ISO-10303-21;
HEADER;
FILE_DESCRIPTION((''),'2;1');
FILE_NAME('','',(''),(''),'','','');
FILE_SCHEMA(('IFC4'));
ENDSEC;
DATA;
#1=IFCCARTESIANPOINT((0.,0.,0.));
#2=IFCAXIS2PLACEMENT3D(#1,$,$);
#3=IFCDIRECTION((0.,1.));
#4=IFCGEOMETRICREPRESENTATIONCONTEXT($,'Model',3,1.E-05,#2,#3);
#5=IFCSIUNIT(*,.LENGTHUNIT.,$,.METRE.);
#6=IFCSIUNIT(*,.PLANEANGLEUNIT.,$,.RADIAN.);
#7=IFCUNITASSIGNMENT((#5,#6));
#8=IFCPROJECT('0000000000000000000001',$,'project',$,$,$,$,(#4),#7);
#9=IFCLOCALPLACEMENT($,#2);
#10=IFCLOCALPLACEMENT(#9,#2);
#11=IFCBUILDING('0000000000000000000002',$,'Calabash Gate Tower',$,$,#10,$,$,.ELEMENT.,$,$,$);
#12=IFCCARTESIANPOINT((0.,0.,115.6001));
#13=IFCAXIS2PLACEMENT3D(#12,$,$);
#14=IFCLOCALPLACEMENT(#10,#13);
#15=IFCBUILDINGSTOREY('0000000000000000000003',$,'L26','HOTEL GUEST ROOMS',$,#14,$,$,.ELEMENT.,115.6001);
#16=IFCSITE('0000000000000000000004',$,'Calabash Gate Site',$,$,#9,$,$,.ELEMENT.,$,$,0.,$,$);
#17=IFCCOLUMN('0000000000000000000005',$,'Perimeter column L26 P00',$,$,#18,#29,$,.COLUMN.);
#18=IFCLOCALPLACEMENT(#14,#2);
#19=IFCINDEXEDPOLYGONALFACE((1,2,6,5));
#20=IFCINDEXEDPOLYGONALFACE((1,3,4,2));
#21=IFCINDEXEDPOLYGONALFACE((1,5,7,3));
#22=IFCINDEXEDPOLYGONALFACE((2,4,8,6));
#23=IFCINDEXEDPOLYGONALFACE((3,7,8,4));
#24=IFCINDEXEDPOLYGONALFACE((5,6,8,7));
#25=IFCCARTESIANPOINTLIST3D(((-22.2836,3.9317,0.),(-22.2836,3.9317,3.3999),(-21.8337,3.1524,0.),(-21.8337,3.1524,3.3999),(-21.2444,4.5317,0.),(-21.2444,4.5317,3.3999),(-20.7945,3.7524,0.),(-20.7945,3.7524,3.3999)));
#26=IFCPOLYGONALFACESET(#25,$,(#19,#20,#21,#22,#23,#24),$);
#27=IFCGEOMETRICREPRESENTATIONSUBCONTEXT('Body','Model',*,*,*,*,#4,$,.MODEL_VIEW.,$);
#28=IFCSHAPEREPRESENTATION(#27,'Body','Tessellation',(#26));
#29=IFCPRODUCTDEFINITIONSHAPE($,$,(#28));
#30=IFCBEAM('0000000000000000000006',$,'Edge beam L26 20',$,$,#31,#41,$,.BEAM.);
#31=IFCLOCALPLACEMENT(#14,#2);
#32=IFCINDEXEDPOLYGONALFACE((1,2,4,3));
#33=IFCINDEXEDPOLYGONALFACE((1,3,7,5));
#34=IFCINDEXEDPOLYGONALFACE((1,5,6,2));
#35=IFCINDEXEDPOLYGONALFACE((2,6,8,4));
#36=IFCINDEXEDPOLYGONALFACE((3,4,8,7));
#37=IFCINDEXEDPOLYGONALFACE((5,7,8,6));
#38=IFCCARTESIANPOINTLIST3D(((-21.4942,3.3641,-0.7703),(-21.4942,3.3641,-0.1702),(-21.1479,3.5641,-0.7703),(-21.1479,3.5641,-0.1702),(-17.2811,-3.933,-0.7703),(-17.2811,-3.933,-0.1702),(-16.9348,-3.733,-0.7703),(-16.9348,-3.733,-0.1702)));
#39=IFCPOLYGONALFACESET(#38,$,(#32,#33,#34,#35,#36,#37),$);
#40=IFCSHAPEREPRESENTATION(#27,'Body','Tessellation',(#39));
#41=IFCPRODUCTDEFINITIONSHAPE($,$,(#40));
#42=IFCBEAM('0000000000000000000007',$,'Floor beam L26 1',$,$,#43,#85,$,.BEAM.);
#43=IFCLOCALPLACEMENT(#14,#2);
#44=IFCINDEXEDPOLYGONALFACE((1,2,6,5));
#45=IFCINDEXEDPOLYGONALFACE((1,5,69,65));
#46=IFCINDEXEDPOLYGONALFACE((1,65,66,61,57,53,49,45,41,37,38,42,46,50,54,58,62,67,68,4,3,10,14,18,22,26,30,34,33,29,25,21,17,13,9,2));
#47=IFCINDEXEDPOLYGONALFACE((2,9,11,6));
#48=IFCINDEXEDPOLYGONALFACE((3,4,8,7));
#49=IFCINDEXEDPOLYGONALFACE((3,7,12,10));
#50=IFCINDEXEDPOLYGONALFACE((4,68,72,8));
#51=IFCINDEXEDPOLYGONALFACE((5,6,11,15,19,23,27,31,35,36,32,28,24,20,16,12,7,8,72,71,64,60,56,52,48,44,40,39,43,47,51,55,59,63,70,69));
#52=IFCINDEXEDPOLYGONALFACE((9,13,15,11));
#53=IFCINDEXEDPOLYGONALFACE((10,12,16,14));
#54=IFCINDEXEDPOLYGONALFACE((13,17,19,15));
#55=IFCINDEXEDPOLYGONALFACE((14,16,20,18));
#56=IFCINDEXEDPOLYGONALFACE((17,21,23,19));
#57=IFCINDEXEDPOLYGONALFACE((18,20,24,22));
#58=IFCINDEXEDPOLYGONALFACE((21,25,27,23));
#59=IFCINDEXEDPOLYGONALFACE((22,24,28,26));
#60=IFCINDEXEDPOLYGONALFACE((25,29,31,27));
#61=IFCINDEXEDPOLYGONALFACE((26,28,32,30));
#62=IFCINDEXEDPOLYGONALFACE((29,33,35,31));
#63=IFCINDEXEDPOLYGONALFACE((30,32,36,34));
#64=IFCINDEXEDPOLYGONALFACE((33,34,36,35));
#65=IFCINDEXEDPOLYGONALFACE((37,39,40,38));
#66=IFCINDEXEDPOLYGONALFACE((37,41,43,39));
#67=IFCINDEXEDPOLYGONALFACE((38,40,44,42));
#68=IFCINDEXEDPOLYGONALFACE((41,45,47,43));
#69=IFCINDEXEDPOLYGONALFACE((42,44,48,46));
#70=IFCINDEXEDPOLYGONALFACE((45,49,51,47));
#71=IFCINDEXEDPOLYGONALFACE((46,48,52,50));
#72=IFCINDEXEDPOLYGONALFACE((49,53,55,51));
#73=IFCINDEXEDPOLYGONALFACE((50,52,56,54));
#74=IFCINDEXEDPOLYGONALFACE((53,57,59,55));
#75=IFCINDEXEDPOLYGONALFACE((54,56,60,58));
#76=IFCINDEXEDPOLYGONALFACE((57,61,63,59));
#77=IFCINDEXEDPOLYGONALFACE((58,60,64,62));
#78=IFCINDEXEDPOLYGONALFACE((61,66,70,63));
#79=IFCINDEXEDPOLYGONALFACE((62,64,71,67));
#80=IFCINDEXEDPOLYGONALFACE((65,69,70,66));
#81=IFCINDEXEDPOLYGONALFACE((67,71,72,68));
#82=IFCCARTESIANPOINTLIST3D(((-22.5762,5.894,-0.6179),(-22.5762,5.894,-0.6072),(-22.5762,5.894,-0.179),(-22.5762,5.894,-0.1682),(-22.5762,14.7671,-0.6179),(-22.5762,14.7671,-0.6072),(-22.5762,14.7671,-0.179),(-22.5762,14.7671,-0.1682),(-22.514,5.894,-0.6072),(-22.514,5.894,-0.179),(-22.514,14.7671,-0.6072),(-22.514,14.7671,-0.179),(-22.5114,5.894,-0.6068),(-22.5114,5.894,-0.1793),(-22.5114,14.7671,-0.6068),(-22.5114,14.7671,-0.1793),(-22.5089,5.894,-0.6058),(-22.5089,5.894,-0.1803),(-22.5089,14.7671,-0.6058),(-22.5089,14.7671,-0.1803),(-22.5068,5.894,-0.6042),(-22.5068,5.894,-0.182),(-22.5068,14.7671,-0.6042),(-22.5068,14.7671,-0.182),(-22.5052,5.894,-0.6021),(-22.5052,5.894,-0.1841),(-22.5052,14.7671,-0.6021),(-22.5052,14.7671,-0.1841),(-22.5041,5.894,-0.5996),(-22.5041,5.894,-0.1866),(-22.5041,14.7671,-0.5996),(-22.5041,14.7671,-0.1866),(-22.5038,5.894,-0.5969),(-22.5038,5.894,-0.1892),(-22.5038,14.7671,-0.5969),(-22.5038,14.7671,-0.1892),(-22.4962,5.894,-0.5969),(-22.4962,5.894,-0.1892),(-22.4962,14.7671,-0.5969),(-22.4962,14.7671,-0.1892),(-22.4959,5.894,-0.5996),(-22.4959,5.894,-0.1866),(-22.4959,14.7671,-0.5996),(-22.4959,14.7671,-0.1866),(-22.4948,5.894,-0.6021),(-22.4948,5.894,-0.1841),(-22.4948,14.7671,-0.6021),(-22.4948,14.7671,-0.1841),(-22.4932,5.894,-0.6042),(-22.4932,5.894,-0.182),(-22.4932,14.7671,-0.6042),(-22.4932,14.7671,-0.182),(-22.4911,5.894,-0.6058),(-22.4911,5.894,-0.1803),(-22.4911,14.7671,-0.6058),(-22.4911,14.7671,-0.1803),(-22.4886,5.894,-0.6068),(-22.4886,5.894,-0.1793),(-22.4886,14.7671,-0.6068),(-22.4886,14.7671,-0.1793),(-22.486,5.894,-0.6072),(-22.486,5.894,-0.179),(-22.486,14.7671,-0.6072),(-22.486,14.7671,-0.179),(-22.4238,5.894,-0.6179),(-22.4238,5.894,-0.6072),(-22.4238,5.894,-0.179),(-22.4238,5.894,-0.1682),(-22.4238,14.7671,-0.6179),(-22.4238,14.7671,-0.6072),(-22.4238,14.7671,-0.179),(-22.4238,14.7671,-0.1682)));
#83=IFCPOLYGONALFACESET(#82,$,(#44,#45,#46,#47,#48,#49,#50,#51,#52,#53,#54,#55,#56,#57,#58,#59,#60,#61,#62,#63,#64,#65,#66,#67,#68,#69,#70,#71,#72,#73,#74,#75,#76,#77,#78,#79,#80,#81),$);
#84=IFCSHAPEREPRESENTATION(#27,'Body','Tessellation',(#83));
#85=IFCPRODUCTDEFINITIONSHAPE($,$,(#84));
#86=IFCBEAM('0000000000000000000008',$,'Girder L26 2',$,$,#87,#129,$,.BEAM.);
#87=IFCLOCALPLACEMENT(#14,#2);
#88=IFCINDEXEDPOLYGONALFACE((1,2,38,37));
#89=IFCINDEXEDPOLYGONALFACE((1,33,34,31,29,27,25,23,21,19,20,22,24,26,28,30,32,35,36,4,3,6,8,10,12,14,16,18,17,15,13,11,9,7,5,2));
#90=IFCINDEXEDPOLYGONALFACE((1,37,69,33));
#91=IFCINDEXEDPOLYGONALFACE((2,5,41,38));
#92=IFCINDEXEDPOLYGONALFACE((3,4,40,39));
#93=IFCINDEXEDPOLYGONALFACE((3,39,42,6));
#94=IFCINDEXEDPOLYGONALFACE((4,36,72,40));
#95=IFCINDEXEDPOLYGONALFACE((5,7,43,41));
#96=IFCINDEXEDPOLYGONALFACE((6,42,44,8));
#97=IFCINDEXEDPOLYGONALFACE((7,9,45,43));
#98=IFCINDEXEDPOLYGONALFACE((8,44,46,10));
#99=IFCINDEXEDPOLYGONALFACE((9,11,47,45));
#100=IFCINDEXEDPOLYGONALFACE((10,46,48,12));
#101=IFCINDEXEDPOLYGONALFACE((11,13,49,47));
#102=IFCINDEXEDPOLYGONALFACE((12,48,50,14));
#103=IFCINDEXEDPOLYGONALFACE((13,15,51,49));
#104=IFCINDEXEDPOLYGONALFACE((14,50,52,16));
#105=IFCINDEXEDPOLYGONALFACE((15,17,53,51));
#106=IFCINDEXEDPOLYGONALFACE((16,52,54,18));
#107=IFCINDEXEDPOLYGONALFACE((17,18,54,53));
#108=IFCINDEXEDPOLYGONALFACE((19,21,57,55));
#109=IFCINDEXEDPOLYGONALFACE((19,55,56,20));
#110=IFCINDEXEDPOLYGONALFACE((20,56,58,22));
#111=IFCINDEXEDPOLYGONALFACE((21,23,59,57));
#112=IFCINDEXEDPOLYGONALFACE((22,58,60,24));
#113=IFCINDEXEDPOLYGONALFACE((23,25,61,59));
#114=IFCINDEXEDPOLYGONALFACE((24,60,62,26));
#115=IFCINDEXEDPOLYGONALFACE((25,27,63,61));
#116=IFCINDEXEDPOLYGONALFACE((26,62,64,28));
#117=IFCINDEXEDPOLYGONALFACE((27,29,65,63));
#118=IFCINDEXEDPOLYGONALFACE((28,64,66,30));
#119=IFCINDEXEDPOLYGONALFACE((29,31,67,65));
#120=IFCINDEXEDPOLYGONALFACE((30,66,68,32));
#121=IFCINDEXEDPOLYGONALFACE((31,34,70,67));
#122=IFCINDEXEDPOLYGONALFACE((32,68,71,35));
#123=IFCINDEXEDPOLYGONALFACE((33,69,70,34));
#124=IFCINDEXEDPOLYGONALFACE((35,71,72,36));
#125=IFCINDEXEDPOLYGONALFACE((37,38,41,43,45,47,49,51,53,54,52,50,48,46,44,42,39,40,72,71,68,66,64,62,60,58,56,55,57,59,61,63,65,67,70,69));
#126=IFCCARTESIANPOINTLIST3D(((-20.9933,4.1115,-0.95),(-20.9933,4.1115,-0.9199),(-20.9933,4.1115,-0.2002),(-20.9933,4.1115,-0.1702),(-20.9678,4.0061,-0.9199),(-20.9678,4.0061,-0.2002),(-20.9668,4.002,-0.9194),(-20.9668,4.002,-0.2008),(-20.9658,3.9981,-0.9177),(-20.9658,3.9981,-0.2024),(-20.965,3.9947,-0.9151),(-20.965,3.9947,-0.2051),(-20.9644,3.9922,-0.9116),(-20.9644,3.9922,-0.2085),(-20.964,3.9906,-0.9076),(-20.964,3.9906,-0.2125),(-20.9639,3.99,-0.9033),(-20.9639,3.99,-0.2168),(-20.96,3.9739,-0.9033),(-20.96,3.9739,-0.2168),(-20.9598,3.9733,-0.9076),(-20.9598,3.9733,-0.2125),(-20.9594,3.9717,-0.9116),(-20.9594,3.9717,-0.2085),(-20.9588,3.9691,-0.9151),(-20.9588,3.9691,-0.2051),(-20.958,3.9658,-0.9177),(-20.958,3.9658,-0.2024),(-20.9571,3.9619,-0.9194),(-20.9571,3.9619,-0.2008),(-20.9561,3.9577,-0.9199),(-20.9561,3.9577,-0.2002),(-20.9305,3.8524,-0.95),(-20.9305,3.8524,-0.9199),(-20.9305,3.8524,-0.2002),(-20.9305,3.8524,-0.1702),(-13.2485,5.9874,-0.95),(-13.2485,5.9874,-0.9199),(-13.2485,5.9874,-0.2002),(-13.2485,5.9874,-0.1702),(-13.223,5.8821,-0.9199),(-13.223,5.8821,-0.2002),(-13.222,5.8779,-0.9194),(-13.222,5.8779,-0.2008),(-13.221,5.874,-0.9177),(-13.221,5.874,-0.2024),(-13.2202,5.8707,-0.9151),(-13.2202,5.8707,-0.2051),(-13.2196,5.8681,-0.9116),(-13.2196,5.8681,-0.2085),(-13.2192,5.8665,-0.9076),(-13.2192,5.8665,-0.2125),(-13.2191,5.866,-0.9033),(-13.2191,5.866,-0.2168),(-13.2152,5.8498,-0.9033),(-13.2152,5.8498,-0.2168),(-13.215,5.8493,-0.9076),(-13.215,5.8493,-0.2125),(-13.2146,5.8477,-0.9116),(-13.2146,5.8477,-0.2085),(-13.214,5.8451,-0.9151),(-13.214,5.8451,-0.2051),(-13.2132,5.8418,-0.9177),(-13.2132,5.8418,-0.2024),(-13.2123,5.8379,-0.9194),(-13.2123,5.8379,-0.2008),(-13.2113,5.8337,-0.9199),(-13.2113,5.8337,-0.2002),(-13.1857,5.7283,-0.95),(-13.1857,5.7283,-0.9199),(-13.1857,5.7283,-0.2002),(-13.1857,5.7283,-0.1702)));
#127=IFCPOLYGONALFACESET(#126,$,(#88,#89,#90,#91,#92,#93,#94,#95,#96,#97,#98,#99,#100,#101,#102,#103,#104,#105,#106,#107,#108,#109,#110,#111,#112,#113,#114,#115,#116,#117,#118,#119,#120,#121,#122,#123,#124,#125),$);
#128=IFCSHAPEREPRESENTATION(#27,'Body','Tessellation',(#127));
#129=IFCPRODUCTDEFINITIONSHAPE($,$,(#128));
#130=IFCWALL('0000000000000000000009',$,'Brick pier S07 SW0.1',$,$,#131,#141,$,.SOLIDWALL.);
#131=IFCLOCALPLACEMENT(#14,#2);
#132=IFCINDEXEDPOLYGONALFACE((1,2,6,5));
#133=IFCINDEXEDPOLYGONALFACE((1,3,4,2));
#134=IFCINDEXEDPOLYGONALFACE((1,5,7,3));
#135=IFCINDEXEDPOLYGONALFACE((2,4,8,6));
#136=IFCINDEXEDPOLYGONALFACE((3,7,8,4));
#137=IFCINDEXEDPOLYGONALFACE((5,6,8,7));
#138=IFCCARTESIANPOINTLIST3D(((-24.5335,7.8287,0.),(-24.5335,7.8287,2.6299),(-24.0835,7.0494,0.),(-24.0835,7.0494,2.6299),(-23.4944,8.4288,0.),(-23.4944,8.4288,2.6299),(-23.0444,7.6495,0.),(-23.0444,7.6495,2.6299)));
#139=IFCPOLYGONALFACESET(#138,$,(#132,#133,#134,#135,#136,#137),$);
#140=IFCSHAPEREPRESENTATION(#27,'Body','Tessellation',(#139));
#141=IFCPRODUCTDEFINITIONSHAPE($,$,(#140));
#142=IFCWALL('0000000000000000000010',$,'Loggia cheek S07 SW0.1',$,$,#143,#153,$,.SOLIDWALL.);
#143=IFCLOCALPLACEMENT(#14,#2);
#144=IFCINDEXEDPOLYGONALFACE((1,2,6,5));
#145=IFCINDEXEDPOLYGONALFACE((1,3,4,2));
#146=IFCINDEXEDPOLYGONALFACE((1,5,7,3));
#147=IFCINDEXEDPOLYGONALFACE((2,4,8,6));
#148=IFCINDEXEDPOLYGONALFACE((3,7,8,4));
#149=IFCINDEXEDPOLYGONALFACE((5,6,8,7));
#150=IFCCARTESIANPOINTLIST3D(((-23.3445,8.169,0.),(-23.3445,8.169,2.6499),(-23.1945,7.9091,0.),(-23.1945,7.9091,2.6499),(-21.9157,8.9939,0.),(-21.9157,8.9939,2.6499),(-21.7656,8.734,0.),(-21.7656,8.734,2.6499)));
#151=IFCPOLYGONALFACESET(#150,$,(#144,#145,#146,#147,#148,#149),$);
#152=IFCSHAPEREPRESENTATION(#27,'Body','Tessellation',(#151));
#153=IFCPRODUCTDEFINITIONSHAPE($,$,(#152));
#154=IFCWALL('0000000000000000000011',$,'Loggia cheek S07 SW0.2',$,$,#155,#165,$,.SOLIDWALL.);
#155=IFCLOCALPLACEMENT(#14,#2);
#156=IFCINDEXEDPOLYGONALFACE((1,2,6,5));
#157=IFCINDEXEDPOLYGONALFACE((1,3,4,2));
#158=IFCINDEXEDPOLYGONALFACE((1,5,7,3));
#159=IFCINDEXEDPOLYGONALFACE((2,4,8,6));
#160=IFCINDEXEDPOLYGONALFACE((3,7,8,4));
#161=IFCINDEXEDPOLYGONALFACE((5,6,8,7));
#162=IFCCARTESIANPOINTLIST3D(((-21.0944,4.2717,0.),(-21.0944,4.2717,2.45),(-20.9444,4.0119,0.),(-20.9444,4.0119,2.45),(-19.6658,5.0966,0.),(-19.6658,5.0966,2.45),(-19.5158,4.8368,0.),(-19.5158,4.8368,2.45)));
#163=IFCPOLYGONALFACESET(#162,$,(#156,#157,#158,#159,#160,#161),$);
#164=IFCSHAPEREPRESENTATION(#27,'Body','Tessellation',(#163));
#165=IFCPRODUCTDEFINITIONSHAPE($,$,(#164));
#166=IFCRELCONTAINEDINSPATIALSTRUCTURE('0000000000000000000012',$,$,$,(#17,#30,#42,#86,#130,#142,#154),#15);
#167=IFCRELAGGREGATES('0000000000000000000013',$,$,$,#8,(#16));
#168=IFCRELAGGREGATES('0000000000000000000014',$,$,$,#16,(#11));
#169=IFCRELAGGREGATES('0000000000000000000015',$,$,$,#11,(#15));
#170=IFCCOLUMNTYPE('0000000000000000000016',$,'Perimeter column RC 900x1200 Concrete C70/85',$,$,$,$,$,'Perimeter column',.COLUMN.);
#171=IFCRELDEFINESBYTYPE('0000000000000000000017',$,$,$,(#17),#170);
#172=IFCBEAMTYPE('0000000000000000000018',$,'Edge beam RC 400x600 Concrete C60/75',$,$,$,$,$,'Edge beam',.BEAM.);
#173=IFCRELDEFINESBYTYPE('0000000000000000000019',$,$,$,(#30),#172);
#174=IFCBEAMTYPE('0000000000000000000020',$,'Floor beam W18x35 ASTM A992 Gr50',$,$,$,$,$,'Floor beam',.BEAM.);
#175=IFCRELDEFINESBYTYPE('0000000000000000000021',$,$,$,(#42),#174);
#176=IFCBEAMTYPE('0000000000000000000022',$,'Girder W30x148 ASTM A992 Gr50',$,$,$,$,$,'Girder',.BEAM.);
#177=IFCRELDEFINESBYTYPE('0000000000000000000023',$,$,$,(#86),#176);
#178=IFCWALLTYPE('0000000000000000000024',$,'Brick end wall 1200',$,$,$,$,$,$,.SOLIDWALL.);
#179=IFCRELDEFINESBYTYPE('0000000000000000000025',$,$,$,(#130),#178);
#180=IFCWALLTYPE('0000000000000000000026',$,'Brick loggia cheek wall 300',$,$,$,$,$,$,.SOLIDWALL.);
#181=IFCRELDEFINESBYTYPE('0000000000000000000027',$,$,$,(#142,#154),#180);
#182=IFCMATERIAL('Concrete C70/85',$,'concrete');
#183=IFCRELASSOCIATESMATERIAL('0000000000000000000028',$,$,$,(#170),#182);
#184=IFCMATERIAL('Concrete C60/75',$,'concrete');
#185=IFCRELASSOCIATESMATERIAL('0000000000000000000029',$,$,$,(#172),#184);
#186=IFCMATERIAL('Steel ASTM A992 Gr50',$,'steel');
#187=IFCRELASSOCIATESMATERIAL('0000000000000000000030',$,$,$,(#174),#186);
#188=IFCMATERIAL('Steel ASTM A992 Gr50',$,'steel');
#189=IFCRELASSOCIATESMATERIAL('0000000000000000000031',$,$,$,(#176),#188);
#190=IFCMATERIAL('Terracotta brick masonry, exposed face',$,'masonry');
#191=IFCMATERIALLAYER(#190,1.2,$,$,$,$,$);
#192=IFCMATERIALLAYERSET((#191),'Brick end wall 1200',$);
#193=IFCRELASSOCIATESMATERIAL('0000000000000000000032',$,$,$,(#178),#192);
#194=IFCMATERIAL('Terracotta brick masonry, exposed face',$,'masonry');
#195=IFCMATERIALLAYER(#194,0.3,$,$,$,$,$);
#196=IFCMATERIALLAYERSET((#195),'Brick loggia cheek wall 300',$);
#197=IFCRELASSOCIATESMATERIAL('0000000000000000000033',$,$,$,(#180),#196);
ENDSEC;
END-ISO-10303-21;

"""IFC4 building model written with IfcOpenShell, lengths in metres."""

from ifc_helpers import new_model, si_unit, direction, frame, frame_2d, origin, origin_2d, place, context, subcontext, project, spatial, rectangle, i_section, extrude, material, layer, layer_set, material_profile, profile_set, type_object, element, save


model = new_model("IFC4")

# Units and contexts
model_context = context("Model", 3, precision=1e-05, world=origin(), true_north=direction((0.0, 1.0)))
body_context = subcontext(model_context, "Body", "Model", "MODEL_VIEW")
ifc_project = project(units=[si_unit("LENGTHUNIT", "METRE"), si_unit("PLANEANGLEUNIT", "RADIAN")], contexts=[model_context])

# Site, building, storey
site_placement = place(None, origin())
site = spatial("IfcSite", under=ifc_project, at=site_placement, Name="Calabash Gate Site", CompositionType="ELEMENT", RefElevation=0.0)
building_placement = place(site_placement, origin())
building = spatial("IfcBuilding", under=site, at=building_placement, Name="Calabash Gate Tower", CompositionType="ELEMENT")
storey_placement = place(building_placement, frame((0.0, 0.0, 115.6001)))
storey = spatial("IfcBuildingStorey", under=building, at=storey_placement, Name="L26", Description="HOTEL GUEST ROOMS", CompositionType="ELEMENT", Elevation=115.6001)

# Column
ifc_material_1 = material(Name="Concrete C70/85", Category="concrete")
ifc_material_profile_1 = material_profile(ifc_material_1, rectangle(XDim=0.8999, YDim=1.2, at=origin_2d()))
ifc_profile_set_1 = profile_set([ifc_material_profile_1], Name="Concrete C70/85")
column_type = type_object("IfcColumnType", Name="Perimeter column RC 900x1200 Concrete C70/85", ElementType="Perimeter column", PredefinedType="COLUMN", material=ifc_profile_set_1)
column_placement = place(storey_placement, frame((-21.5391, 3.842, 0.0), z_axis=(0.0, 0.0, 1.0), x_axis=(0.5, -0.866025, 0.0)))
element("IfcColumn", 1, at=column_placement, inside=storey, type_object=column_type, Name="Perimeter column L26 P00", PredefinedType="COLUMN", context=body_context, shape_type="SweptSolid", body=[
    extrude(rectangle(XDim=0.8999, YDim=1.2, at=origin_2d()), origin(), (0.0, 0.0, 1.0), 3.3999),
])

# Beams
ifc_material_2 = material(Name="Concrete C60/75", Category="concrete")
ifc_material_profile_2 = material_profile(ifc_material_2, rectangle(XDim=0.3999, YDim=0.6001, at=origin_2d()))
ifc_profile_set_2 = profile_set([ifc_material_profile_2], Name="Concrete C60/75")
beam_type_1 = type_object("IfcBeamType", Name="Edge beam RC 400x600 Concrete C60/75", ElementType="Edge beam", PredefinedType="BEAM", material=ifc_profile_set_2)
beam_1_placement = place(storey_placement, frame((-21.321, 3.4641, -0.4702), z_axis=(0.500013, -0.866018, 0.0), x_axis=(0.866018, 0.500013, 0.0)))
element("IfcBeam", 2, at=beam_1_placement, inside=storey, type_object=beam_type_1, Name="Edge beam L26 20", PredefinedType="BEAM", context=body_context, shape_type="SweptSolid", body=[
    extrude(rectangle(XDim=0.3999, YDim=0.6001, at=origin_2d()), origin(), (0.0, 0.0, 1.0), 8.426),
])
ifc_material_3 = material(Name="Steel ASTM A992 Gr50", Category="steel")
ifc_material_profile_3 = material_profile(ifc_material_3, i_section(OverallWidth=0.1523, OverallDepth=0.4497, WebThickness=0.0076, FlangeThickness=0.0107, FilletRadius=0.0103, at=origin_2d()))
ifc_profile_set_3 = profile_set([ifc_material_profile_3], Name="Steel ASTM A992 Gr50")
beam_type_2 = type_object("IfcBeamType", Name="Floor beam W18x35 ASTM A992 Gr50", ElementType="Floor beam", PredefinedType="BEAM", material=ifc_profile_set_3)
beam_2_placement = place(storey_placement, frame((-22.5, 5.894, -0.3931), z_axis=(0.0, 1.0, 0.0), x_axis=(-1.0, 0.0, 0.0)))
element("IfcBeam", 3, at=beam_2_placement, inside=storey, type_object=beam_type_2, Name="Floor beam L26 1", PredefinedType="BEAM", context=body_context, shape_type="SweptSolid", body=[
    extrude(i_section(OverallWidth=0.1523, OverallDepth=0.4497, WebThickness=0.0076, FlangeThickness=0.0107, FilletRadius=0.0103, at=origin_2d()), origin(), (0.0, 0.0, 1.0), 8.873),
])
ifc_material_4 = material(Name="Steel ASTM A992 Gr50", Category="steel")
ifc_material_profile_4 = material_profile(ifc_material_4, i_section(OverallWidth=0.2666, OverallDepth=0.7798, WebThickness=0.0166, FlangeThickness=0.03, FilletRadius=0.0166, at=origin_2d()))
ifc_profile_set_4 = profile_set([ifc_material_profile_4], Name="Steel ASTM A992 Gr50")
beam_type_3 = type_object("IfcBeamType", Name="Girder W30x148 ASTM A992 Gr50", ElementType="Girder", PredefinedType="BEAM", material=ifc_profile_set_4)
beam_3_placement = place(storey_placement, frame((-20.9619, 3.9819, -0.5601), z_axis=(0.971895, 0.235414, 0.0), x_axis=(-0.235414, 0.971895, 0.0)))
element("IfcBeam", 4, at=beam_3_placement, inside=storey, type_object=beam_type_3, Name="Girder L26 2", PredefinedType="BEAM", context=body_context, shape_type="SweptSolid", body=[
    extrude(i_section(OverallWidth=0.2666, OverallDepth=0.7798, WebThickness=0.0166, FlangeThickness=0.03, FilletRadius=0.0166, at=origin_2d()), origin(), (0.0, 0.0, 1.0), 7.9688),
])

# Walls
ifc_material_5 = material(Name="Terracotta brick masonry, exposed face", Category="masonry")
ifc_layer_1 = layer(ifc_material_5, 1.2)
ifc_layer_set_1 = layer_set([ifc_layer_1], Name="Brick end wall 1200")
wall_type_1 = type_object("IfcWallType", Name="Brick end wall 1200", PredefinedType="SOLIDWALL", material=ifc_layer_set_1)
wall_1_placement = place(storey_placement, frame((-24.3086, 7.439, 0.0), z_axis=(0.0, 0.0, 1.0), x_axis=(0.865955, 0.500122, 0.0)))
element("IfcWall", 5, at=wall_1_placement, inside=storey, type_object=wall_type_1, Name="Brick pier S07 SW0.1", PredefinedType="SOLIDWALL", context=body_context, shape_type="SweptSolid", body=[
    extrude(rectangle(XDim=1.2, YDim=0.8999, at=frame_2d((0.6001, 0.0))), origin(), (0.0, 0.0, 1.0), 2.6299),
])
ifc_material_6 = material(Name="Terracotta brick masonry, exposed face", Category="masonry")
ifc_layer_2 = layer(ifc_material_6, 0.3)
ifc_layer_set_2 = layer_set([ifc_layer_2], Name="Brick loggia cheek wall 300")
wall_type_2 = type_object("IfcWallType", Name="Brick loggia cheek wall 300", PredefinedType="SOLIDWALL", material=ifc_layer_set_2)
wall_2_placement = place(storey_placement, frame((-23.2695, 8.0391, 0.0), z_axis=(0.0, 0.0, 1.0), x_axis=(0.86604, 0.499974, 0.0)))
element("IfcWall", 6, at=wall_2_placement, inside=storey, type_object=wall_type_2, Name="Loggia cheek S07 SW0.1", PredefinedType="SOLIDWALL", context=body_context, shape_type="SweptSolid", body=[
    extrude(rectangle(XDim=1.6499, YDim=0.3, at=frame_2d((0.825, 0.0))), origin(), (0.0, 0.0, 1.0), 2.6499),
])
wall_3_placement = place(storey_placement, frame((-21.0193, 4.1418, 0.0), z_axis=(0.0, 0.0, 1.0), x_axis=(0.866003, 0.500038, 0.0)))
element("IfcWall", 7, at=wall_3_placement, inside=storey, type_object=wall_type_2, Name="Loggia cheek S07 SW0.2", PredefinedType="SOLIDWALL", context=body_context, shape_type="SweptSolid", body=[
    extrude(rectangle(XDim=1.6497, YDim=0.3, at=frame_2d((0.8247, 0.0))), origin(), (0.0, 0.0, 1.0), 2.45),
])

save(model, "model.ifc")
